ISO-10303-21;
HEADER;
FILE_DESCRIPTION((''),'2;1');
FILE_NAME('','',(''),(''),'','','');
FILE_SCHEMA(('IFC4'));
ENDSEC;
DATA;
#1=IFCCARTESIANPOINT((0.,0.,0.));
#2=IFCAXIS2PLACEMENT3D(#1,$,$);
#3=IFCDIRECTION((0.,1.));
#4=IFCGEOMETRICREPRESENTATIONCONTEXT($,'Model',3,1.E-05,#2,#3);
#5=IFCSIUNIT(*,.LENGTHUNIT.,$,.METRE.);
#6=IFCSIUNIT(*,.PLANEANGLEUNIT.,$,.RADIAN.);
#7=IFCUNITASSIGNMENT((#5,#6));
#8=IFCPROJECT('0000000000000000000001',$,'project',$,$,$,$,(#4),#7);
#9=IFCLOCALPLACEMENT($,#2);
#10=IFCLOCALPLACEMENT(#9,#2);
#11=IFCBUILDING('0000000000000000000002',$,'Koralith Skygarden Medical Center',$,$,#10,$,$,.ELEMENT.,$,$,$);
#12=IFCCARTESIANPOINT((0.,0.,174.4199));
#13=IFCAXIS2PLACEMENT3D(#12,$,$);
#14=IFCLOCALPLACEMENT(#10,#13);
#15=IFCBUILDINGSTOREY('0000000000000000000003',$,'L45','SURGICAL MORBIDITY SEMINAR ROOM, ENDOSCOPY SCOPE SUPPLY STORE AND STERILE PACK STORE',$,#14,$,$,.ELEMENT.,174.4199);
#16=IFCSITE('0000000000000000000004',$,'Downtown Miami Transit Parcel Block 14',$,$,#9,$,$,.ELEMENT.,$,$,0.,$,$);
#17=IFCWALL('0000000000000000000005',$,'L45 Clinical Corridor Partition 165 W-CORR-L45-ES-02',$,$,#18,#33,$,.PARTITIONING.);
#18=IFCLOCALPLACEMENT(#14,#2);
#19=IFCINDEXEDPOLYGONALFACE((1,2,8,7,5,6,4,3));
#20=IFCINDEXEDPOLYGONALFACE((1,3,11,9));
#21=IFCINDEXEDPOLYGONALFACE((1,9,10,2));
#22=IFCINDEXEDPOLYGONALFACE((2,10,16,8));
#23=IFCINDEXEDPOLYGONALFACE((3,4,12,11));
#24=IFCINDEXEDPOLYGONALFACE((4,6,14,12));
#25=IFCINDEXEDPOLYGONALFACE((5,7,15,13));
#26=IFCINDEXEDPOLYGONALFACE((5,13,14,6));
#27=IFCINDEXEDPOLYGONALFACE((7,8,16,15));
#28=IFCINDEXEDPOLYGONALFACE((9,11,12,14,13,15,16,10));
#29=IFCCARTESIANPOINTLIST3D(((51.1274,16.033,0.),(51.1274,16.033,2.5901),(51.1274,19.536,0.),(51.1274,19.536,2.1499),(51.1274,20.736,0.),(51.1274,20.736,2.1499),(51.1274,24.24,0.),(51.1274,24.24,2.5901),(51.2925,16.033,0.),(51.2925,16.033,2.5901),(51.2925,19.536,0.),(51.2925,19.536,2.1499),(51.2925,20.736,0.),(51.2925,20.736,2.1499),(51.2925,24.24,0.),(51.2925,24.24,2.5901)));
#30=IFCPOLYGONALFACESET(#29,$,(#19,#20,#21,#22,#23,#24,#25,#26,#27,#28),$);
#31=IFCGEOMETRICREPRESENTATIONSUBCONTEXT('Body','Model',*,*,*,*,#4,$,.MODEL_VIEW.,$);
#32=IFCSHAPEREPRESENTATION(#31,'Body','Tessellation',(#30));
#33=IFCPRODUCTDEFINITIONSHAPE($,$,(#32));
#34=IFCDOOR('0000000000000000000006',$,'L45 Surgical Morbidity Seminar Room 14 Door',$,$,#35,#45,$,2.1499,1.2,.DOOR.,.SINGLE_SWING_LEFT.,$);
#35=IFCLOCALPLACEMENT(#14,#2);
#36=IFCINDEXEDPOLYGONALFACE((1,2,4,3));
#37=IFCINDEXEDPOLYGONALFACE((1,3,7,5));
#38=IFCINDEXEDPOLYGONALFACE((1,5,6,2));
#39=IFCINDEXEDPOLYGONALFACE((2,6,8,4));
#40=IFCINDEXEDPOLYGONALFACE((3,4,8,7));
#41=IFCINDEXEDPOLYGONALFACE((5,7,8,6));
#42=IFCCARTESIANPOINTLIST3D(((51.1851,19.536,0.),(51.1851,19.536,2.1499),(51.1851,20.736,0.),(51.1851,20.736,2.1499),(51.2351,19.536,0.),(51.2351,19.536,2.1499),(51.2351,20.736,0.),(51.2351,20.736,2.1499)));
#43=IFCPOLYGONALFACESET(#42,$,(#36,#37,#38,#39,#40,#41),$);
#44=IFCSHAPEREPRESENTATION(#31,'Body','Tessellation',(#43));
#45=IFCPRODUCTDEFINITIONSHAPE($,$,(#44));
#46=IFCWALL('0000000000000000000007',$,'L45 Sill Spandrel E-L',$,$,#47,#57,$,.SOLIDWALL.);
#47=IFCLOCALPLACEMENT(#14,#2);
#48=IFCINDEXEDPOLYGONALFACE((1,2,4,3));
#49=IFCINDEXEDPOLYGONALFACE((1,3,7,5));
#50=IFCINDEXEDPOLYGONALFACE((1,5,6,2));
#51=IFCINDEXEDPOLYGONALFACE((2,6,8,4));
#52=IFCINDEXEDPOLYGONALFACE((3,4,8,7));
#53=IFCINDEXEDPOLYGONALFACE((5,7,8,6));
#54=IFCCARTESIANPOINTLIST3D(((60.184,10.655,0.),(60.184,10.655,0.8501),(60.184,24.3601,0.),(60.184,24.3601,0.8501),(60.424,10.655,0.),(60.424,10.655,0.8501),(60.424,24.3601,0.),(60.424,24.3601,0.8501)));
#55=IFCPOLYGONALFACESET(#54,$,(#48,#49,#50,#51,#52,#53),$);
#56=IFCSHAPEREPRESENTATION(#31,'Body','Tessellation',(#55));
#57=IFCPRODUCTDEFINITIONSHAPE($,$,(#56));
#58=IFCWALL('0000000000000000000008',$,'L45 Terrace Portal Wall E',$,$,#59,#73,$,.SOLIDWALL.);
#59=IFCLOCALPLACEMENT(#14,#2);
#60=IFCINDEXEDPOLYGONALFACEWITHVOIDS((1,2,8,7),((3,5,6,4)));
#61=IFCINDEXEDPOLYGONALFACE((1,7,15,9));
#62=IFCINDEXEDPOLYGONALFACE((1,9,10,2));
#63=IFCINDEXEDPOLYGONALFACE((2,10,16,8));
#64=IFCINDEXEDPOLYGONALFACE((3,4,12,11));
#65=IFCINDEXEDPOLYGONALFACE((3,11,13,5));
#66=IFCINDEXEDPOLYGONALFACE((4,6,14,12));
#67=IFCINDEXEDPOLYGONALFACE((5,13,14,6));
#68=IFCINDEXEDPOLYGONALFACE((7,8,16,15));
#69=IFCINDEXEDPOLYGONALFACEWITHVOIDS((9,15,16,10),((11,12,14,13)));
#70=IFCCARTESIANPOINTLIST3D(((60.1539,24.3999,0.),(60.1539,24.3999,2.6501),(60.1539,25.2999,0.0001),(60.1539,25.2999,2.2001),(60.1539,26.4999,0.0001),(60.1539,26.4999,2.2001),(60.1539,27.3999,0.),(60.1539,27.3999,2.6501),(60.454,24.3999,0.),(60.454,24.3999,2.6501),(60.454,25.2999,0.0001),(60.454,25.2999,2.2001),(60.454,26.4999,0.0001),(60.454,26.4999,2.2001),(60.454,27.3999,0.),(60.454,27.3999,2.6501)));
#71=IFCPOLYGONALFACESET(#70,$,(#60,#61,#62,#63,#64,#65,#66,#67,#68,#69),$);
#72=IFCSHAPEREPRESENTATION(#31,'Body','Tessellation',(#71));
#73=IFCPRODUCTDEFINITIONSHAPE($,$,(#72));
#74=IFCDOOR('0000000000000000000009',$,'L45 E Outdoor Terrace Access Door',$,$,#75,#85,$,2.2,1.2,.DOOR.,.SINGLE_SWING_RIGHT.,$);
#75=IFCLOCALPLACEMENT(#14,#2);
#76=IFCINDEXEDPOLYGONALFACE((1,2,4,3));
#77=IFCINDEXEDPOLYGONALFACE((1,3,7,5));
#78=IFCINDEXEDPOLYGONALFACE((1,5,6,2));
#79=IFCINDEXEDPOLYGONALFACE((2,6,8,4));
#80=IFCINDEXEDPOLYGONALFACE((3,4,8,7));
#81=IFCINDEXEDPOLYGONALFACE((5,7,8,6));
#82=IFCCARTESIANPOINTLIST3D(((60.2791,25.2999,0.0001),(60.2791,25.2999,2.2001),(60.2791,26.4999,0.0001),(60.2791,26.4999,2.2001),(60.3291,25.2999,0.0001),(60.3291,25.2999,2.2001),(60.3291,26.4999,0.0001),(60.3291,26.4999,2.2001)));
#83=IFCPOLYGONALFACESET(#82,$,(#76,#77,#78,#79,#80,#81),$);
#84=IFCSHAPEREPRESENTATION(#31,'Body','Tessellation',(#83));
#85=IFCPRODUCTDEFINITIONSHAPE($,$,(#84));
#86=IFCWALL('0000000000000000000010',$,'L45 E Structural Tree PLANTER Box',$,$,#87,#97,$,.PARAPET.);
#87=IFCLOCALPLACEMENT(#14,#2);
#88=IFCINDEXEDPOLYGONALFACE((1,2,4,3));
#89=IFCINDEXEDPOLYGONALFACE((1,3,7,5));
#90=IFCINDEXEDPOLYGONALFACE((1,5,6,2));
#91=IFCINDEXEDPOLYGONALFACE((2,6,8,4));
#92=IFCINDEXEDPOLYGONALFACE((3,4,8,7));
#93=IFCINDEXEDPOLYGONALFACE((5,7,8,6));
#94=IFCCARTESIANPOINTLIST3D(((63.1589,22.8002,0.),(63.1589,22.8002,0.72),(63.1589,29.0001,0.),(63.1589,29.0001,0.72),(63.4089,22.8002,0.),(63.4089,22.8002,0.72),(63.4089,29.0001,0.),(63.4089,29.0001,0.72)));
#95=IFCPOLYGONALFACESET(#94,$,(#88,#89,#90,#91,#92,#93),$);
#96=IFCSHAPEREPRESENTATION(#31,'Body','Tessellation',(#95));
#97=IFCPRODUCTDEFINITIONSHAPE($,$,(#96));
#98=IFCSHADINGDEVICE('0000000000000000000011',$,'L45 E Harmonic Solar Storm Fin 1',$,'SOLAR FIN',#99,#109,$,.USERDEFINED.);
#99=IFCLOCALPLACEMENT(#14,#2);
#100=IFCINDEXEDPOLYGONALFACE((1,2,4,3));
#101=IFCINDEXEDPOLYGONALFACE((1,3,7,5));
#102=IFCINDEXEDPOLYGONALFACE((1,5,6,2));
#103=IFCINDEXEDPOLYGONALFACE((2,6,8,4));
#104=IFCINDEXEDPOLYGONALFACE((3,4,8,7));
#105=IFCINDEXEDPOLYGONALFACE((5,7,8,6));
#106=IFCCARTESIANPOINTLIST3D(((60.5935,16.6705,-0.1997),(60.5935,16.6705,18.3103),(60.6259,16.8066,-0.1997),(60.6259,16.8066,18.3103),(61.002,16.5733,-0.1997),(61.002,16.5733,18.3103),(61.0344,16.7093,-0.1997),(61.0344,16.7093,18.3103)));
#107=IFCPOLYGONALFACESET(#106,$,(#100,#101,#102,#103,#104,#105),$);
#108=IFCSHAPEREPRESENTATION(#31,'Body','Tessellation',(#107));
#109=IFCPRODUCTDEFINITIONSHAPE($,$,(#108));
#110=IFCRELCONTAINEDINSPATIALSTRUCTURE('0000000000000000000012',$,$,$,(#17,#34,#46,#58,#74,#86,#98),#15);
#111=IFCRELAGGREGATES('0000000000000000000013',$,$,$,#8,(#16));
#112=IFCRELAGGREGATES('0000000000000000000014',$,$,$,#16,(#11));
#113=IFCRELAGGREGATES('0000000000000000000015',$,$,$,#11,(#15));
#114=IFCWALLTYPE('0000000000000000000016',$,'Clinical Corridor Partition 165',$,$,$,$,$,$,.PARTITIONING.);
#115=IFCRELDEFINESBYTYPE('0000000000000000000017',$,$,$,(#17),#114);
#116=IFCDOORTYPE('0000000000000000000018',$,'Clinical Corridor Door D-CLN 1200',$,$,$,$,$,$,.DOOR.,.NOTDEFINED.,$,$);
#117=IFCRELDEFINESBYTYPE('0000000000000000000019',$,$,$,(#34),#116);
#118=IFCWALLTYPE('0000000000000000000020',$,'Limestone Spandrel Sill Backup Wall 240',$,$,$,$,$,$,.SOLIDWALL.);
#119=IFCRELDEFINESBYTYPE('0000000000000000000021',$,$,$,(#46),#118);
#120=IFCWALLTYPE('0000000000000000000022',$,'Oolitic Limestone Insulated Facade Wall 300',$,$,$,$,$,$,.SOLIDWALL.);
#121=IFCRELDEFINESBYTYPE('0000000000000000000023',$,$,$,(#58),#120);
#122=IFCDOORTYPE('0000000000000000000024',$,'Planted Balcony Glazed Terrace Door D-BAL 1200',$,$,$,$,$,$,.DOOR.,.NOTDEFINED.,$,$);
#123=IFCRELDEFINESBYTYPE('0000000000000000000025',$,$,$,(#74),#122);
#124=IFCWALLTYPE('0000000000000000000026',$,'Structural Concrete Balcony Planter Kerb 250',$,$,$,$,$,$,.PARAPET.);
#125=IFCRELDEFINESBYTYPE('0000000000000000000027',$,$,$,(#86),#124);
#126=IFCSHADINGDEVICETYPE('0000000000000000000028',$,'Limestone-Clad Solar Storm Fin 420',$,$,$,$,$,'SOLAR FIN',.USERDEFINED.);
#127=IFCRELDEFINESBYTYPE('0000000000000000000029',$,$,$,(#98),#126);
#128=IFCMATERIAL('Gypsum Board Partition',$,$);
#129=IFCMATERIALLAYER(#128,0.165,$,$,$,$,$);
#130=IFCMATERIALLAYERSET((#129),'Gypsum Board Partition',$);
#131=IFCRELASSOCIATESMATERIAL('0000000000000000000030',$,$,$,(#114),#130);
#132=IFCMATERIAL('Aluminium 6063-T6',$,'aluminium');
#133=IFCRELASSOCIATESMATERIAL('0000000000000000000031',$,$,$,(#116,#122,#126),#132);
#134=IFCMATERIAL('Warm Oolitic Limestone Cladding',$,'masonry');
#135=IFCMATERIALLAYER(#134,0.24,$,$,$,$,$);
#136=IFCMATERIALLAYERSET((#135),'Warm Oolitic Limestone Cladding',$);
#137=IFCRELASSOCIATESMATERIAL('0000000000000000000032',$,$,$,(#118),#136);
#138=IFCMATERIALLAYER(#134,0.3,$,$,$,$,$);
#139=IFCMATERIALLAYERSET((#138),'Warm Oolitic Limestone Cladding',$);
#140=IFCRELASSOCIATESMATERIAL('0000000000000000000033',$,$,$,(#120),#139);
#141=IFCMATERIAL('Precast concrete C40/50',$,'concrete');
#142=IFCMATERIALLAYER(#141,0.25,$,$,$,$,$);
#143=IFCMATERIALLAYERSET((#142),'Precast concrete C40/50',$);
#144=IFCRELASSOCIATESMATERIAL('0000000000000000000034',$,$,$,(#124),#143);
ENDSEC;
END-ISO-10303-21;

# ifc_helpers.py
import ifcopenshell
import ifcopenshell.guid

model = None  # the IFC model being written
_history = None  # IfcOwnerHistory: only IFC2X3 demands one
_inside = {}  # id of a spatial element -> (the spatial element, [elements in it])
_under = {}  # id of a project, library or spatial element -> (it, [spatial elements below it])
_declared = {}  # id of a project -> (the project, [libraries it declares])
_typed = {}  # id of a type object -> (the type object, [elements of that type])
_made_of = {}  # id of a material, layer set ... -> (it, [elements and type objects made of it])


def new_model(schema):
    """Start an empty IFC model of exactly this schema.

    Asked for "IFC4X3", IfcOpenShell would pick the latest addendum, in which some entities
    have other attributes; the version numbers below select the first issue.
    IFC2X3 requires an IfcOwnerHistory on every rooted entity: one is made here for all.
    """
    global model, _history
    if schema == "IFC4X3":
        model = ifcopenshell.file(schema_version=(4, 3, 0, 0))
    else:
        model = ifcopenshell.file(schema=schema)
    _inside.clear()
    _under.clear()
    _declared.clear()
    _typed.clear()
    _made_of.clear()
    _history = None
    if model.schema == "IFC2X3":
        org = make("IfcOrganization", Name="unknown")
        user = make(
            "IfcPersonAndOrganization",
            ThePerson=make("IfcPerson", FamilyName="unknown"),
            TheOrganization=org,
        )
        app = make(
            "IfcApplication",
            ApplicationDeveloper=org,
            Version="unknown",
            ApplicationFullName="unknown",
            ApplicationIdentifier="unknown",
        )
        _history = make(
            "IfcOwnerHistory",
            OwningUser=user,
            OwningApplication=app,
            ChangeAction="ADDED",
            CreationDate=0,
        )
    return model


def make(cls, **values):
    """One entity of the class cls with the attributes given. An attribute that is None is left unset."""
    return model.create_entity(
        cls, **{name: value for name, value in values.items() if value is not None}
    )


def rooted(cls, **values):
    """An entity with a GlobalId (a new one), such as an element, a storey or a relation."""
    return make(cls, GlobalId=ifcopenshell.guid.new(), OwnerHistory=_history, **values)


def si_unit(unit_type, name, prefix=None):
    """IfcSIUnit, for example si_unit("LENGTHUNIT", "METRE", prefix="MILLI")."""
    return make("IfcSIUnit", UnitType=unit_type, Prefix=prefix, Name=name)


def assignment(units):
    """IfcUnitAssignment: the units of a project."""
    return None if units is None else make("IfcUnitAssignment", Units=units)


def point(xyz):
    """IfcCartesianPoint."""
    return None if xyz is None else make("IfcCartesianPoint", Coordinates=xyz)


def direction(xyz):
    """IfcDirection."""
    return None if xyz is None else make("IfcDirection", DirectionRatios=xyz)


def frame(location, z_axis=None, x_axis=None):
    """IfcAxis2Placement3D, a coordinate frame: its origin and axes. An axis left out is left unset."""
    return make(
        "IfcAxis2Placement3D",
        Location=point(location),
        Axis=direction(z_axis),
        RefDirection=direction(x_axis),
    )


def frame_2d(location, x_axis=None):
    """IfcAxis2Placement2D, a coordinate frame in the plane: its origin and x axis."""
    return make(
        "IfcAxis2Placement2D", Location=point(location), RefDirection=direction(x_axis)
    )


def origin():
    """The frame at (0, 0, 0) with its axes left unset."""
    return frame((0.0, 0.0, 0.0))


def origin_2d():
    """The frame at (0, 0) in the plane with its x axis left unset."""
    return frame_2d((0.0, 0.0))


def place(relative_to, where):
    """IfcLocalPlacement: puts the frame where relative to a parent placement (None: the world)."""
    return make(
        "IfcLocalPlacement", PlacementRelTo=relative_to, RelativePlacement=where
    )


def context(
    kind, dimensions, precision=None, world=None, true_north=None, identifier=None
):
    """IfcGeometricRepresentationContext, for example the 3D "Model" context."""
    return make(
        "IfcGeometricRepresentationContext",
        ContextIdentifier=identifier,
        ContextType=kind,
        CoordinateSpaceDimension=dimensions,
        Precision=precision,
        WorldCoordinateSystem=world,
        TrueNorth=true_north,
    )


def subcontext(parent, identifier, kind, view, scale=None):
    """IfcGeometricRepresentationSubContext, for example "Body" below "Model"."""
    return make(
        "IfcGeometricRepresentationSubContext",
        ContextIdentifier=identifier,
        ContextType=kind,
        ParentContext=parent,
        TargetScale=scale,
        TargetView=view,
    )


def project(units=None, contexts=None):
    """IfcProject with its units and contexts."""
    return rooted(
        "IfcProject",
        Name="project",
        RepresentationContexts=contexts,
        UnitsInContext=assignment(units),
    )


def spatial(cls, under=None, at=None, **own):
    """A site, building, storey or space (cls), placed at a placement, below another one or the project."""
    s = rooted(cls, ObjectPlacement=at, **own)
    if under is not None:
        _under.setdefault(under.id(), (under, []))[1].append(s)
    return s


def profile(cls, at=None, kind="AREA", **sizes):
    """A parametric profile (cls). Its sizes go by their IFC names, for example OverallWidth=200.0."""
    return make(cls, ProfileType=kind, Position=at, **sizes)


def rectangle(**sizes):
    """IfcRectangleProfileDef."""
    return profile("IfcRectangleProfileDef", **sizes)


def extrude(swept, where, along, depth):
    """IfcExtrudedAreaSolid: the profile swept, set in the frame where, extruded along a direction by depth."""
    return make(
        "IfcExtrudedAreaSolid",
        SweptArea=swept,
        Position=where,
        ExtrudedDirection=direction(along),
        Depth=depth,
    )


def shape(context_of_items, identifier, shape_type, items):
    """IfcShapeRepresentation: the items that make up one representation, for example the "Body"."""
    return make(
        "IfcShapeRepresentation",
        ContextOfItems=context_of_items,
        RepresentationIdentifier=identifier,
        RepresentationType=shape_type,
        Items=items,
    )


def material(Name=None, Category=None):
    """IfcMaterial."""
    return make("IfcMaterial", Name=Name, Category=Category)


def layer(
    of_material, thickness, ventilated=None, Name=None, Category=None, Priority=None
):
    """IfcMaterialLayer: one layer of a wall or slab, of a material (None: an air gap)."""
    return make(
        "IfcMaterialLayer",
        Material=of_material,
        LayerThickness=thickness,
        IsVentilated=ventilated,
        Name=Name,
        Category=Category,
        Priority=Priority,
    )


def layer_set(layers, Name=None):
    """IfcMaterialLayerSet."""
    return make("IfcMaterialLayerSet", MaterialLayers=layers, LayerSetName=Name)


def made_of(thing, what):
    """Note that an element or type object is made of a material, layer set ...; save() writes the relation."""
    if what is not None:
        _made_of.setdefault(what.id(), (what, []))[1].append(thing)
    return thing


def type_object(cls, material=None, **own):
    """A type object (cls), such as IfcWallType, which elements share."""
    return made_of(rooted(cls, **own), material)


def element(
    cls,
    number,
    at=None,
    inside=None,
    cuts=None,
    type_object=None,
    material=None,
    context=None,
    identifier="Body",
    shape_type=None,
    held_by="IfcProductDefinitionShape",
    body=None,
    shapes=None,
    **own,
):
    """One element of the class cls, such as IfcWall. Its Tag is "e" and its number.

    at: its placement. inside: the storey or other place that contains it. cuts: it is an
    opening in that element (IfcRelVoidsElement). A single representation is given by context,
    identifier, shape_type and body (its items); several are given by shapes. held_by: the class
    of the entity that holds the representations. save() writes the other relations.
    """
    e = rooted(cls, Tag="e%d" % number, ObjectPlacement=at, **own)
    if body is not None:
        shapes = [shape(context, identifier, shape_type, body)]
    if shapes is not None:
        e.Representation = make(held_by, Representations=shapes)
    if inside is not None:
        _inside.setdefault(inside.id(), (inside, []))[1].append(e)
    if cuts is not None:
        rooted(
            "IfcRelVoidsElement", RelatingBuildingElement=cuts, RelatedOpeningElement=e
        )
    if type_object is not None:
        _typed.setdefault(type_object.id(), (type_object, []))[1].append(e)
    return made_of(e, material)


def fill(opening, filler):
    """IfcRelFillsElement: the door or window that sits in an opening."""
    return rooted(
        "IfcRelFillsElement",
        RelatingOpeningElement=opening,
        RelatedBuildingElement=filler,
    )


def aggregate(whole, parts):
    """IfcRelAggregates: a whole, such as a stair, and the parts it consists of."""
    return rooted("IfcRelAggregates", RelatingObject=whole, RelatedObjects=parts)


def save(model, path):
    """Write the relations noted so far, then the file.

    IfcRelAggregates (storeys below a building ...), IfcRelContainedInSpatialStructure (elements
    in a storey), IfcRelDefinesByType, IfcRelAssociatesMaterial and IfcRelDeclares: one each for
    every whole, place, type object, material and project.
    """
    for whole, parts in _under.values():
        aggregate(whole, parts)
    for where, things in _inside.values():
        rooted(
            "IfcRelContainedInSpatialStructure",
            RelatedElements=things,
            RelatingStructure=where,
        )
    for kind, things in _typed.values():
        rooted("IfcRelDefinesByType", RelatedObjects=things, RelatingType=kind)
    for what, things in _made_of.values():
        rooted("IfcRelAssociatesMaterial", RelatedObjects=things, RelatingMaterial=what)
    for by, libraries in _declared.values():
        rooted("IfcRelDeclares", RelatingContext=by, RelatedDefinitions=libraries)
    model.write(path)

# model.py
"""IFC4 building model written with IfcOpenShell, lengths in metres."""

from ifc_helpers import new_model, si_unit, direction, frame, frame_2d, origin, origin_2d, place, context, subcontext, project, spatial, rectangle, extrude, material, layer, layer_set, type_object, element, fill, save


model = new_model("IFC4")

# Units and contexts
model_context = context("Model", 3, precision=1e-05, world=origin(), true_north=direction((0.0, 1.0)))
body_context = subcontext(model_context, "Body", "Model", "MODEL_VIEW")
ifc_project = project(units=[si_unit("LENGTHUNIT", "METRE"), si_unit("PLANEANGLEUNIT", "RADIAN")], contexts=[model_context])

# Site, building, storey
site_placement = place(None, origin())
site = spatial("IfcSite", under=ifc_project, at=site_placement, Name="Downtown Miami Transit Parcel Block 14", CompositionType="ELEMENT", RefElevation=0.0)
building_placement = place(site_placement, origin())
building = spatial("IfcBuilding", under=site, at=building_placement, Name="Koralith Skygarden Medical Center", CompositionType="ELEMENT")
storey_placement = place(building_placement, frame((0.0, 0.0, 174.4199)))
storey = spatial("IfcBuildingStorey", under=building, at=storey_placement, Name="L45", Description="SURGICAL MORBIDITY SEMINAR ROOM, ENDOSCOPY SCOPE SUPPLY STORE AND STERILE PACK STORE", CompositionType="ELEMENT", Elevation=174.4199)

# Shared definitions
ifc_material_1 = material(Name="Aluminium 6063-T6", Category="aluminium")

# Shared definitions
ifc_material_2 = material(Name="Gypsum Board Partition")
ifc_layer_1 = layer(ifc_material_2, 0.165)
ifc_layer_set_1 = layer_set([ifc_layer_1], Name="Gypsum Board Partition")
wall_type_1 = type_object("IfcWallType", Name="Clinical Corridor Partition 165", PredefinedType="PARTITIONING", material=ifc_layer_set_1)

# Wall, opening, door
wall_1_placement = place(storey_placement, frame((51.21, 16.033, 0.0), z_axis=(0.0, 0.0, 1.0), x_axis=(0.0, 1.0, 0.0)))
wall_1 = element("IfcWall", 1, at=wall_1_placement, inside=storey, type_object=wall_type_1, Name="L45 Clinical Corridor Partition 165 W-CORR-L45-ES-02", PredefinedType="PARTITIONING", context=body_context, shape_type="SweptSolid", body=[
    extrude(rectangle(XDim=8.207, YDim=0.165, at=frame_2d((4.1035, 0.0))), origin(), (0.0, 0.0, 1.0), 2.5901),
])
opening_1_placement = place(wall_1_placement, frame((3.5029, 0.0, 0.0)))
opening_1 = element("IfcOpeningElement", 2, at=opening_1_placement, cuts=wall_1, PredefinedType="OPENING", context=body_context, shape_type="SweptSolid", body=[
    extrude(rectangle(XDim=1.2, YDim=2.1499, at=frame_2d((0.6001, 1.075))), frame((0.0, 0.0925, 0.0), z_axis=(0.0, -1.0, 0.0), x_axis=(1.0, 0.0, 0.0)), (0.0, 0.0, 1.0), 0.1851),
])
door_type_1 = type_object("IfcDoorType", Name="Clinical Corridor Door D-CLN 1200", OperationType="NOTDEFINED", PredefinedType="DOOR", material=ifc_material_1)
door_1_placement = place(opening_1_placement, origin())
door_1 = element("IfcDoor", 3, at=door_1_placement, inside=storey, type_object=door_type_1, Name="L45 Surgical Morbidity Seminar Room 14 Door", OperationType="SINGLE_SWING_LEFT", OverallHeight=2.1499, OverallWidth=1.2, PredefinedType="DOOR", context=body_context, shape_type="SweptSolid", body=[
    extrude(rectangle(XDim=1.2, YDim=2.1499, at=frame_2d((0.6001, 1.075))), frame((0.0, 0.0249, 0.0), z_axis=(0.0, -1.0, 0.0), x_axis=(1.0, 0.0, 0.0)), (0.0, 0.0, 1.0), 0.05),
])
fill(opening_1, door_1)

# Wall
ifc_material_3 = material(Name="Warm Oolitic Limestone Cladding", Category="masonry")
ifc_layer_2 = layer(ifc_material_3, 0.24)
ifc_layer_set_2 = layer_set([ifc_layer_2], Name="Warm Oolitic Limestone Cladding")
wall_type_2 = type_object("IfcWallType", Name="Limestone Spandrel Sill Backup Wall 240", PredefinedType="SOLIDWALL", material=ifc_layer_set_2)
wall_2_placement = place(storey_placement, frame((60.304, 10.655, 0.0), z_axis=(0.0, 0.0, 1.0), x_axis=(0.0, 1.0, 0.0)))
element("IfcWall", 4, at=wall_2_placement, inside=storey, type_object=wall_type_2, Name="L45 Sill Spandrel E-L", PredefinedType="SOLIDWALL", context=body_context, shape_type="SweptSolid", body=[
    extrude(rectangle(XDim=13.7051, YDim=0.24, at=frame_2d((6.8525, 0.0))), origin(), (0.0, 0.0, 1.0), 0.8501),
])

# Wall, opening, door
ifc_layer_3 = layer(ifc_material_3, 0.3)
ifc_layer_set_3 = layer_set([ifc_layer_3], Name="Warm Oolitic Limestone Cladding")
wall_type_3 = type_object("IfcWallType", Name="Oolitic Limestone Insulated Facade Wall 300", PredefinedType="SOLIDWALL", material=ifc_layer_set_3)
wall_3_placement = place(storey_placement, frame((60.304, 24.3999, 0.0), z_axis=(0.0, 0.0, 1.0), x_axis=(0.0, 1.0, 0.0)))
wall_3 = element("IfcWall", 5, at=wall_3_placement, inside=storey, type_object=wall_type_3, Name="L45 Terrace Portal Wall E", PredefinedType="SOLIDWALL", context=body_context, shape_type="SweptSolid", body=[
    extrude(rectangle(XDim=3.0, YDim=0.3, at=frame_2d((1.5, 0.0))), origin(), (0.0, 0.0, 1.0), 2.6501),
])
opening_2_placement = place(wall_3_placement, frame((0.8999, 0.0, 0.0)))
opening_2 = element("IfcOpeningElement", 6, at=opening_2_placement, cuts=wall_3, PredefinedType="OPENING", context=body_context, shape_type="SweptSolid", body=[
    extrude(rectangle(XDim=1.2, YDim=2.2, at=frame_2d((0.6001, 1.1001))), frame((0.0, 0.1599, 0.0), z_axis=(0.0, -1.0, 0.0), x_axis=(1.0, 0.0, 0.0)), (0.0, 0.0, 1.0), 0.3201),
])
door_type_2 = type_object("IfcDoorType", Name="Planted Balcony Glazed Terrace Door D-BAL 1200", OperationType="NOTDEFINED", PredefinedType="DOOR", material=ifc_material_1)
door_2_placement = place(opening_2_placement, origin())
door_2 = element("IfcDoor", 7, at=door_2_placement, inside=storey, type_object=door_type_2, Name="L45 E Outdoor Terrace Access Door", OperationType="SINGLE_SWING_RIGHT", OverallHeight=2.2, OverallWidth=1.2, PredefinedType="DOOR", context=body_context, shape_type="SweptSolid", body=[
    extrude(rectangle(XDim=1.2, YDim=2.2, at=frame_2d((0.6001, 1.1001))), frame((0.0, 0.0249, 0.0), z_axis=(0.0, -1.0, 0.0), x_axis=(1.0, 0.0, 0.0)), (0.0, 0.0, 1.0), 0.05),
])
fill(opening_2, door_2)

# Wall
ifc_material_4 = material(Name="Precast concrete C40/50", Category="concrete")
ifc_layer_4 = layer(ifc_material_4, 0.25)
ifc_layer_set_4 = layer_set([ifc_layer_4], Name="Precast concrete C40/50")
wall_type_4 = type_object("IfcWallType", Name="Structural Concrete Balcony Planter Kerb 250", PredefinedType="PARAPET", material=ifc_layer_set_4)
wall_4_placement = place(storey_placement, frame((63.2839, 22.8, 0.0), z_axis=(0.0, 0.0, 1.0), x_axis=(0.0, 1.0, 0.0)))
element("IfcWall", 8, at=wall_4_placement, inside=storey, type_object=wall_type_4, Name="L45 E Structural Tree PLANTER Box", PredefinedType="PARAPET", context=body_context, shape_type="SweptSolid", body=[
    extrude(rectangle(XDim=6.2, YDim=0.25, at=frame_2d((3.1001, 0.0))), origin(), (0.0, 0.0, 1.0), 0.72),
])

# Shading device
shading_device_type_1 = type_object("IfcShadingDeviceType", Name="Limestone-Clad Solar Storm Fin 420", ElementType="SOLAR FIN", PredefinedType="USERDEFINED", material=ifc_material_1)
shading_device_1_placement = place(storey_placement, frame((60.814, 16.6899, -0.1997), z_axis=(0.0, 0.0, 1.0), x_axis=(0.9728, -0.231646, 0.0)))
element("IfcShadingDevice", 9, at=shading_device_1_placement, inside=storey, type_object=shading_device_type_1, Name="L45 E Harmonic Solar Storm Fin 1", ObjectType="SOLAR FIN", PredefinedType="USERDEFINED", context=body_context, shape_type="SweptSolid", body=[
    extrude(rectangle(XDim=0.4199, YDim=0.1399, at=origin_2d()), origin(), (0.0, 0.0, 1.0), 18.51),
])

save(model, "model.ifc")
